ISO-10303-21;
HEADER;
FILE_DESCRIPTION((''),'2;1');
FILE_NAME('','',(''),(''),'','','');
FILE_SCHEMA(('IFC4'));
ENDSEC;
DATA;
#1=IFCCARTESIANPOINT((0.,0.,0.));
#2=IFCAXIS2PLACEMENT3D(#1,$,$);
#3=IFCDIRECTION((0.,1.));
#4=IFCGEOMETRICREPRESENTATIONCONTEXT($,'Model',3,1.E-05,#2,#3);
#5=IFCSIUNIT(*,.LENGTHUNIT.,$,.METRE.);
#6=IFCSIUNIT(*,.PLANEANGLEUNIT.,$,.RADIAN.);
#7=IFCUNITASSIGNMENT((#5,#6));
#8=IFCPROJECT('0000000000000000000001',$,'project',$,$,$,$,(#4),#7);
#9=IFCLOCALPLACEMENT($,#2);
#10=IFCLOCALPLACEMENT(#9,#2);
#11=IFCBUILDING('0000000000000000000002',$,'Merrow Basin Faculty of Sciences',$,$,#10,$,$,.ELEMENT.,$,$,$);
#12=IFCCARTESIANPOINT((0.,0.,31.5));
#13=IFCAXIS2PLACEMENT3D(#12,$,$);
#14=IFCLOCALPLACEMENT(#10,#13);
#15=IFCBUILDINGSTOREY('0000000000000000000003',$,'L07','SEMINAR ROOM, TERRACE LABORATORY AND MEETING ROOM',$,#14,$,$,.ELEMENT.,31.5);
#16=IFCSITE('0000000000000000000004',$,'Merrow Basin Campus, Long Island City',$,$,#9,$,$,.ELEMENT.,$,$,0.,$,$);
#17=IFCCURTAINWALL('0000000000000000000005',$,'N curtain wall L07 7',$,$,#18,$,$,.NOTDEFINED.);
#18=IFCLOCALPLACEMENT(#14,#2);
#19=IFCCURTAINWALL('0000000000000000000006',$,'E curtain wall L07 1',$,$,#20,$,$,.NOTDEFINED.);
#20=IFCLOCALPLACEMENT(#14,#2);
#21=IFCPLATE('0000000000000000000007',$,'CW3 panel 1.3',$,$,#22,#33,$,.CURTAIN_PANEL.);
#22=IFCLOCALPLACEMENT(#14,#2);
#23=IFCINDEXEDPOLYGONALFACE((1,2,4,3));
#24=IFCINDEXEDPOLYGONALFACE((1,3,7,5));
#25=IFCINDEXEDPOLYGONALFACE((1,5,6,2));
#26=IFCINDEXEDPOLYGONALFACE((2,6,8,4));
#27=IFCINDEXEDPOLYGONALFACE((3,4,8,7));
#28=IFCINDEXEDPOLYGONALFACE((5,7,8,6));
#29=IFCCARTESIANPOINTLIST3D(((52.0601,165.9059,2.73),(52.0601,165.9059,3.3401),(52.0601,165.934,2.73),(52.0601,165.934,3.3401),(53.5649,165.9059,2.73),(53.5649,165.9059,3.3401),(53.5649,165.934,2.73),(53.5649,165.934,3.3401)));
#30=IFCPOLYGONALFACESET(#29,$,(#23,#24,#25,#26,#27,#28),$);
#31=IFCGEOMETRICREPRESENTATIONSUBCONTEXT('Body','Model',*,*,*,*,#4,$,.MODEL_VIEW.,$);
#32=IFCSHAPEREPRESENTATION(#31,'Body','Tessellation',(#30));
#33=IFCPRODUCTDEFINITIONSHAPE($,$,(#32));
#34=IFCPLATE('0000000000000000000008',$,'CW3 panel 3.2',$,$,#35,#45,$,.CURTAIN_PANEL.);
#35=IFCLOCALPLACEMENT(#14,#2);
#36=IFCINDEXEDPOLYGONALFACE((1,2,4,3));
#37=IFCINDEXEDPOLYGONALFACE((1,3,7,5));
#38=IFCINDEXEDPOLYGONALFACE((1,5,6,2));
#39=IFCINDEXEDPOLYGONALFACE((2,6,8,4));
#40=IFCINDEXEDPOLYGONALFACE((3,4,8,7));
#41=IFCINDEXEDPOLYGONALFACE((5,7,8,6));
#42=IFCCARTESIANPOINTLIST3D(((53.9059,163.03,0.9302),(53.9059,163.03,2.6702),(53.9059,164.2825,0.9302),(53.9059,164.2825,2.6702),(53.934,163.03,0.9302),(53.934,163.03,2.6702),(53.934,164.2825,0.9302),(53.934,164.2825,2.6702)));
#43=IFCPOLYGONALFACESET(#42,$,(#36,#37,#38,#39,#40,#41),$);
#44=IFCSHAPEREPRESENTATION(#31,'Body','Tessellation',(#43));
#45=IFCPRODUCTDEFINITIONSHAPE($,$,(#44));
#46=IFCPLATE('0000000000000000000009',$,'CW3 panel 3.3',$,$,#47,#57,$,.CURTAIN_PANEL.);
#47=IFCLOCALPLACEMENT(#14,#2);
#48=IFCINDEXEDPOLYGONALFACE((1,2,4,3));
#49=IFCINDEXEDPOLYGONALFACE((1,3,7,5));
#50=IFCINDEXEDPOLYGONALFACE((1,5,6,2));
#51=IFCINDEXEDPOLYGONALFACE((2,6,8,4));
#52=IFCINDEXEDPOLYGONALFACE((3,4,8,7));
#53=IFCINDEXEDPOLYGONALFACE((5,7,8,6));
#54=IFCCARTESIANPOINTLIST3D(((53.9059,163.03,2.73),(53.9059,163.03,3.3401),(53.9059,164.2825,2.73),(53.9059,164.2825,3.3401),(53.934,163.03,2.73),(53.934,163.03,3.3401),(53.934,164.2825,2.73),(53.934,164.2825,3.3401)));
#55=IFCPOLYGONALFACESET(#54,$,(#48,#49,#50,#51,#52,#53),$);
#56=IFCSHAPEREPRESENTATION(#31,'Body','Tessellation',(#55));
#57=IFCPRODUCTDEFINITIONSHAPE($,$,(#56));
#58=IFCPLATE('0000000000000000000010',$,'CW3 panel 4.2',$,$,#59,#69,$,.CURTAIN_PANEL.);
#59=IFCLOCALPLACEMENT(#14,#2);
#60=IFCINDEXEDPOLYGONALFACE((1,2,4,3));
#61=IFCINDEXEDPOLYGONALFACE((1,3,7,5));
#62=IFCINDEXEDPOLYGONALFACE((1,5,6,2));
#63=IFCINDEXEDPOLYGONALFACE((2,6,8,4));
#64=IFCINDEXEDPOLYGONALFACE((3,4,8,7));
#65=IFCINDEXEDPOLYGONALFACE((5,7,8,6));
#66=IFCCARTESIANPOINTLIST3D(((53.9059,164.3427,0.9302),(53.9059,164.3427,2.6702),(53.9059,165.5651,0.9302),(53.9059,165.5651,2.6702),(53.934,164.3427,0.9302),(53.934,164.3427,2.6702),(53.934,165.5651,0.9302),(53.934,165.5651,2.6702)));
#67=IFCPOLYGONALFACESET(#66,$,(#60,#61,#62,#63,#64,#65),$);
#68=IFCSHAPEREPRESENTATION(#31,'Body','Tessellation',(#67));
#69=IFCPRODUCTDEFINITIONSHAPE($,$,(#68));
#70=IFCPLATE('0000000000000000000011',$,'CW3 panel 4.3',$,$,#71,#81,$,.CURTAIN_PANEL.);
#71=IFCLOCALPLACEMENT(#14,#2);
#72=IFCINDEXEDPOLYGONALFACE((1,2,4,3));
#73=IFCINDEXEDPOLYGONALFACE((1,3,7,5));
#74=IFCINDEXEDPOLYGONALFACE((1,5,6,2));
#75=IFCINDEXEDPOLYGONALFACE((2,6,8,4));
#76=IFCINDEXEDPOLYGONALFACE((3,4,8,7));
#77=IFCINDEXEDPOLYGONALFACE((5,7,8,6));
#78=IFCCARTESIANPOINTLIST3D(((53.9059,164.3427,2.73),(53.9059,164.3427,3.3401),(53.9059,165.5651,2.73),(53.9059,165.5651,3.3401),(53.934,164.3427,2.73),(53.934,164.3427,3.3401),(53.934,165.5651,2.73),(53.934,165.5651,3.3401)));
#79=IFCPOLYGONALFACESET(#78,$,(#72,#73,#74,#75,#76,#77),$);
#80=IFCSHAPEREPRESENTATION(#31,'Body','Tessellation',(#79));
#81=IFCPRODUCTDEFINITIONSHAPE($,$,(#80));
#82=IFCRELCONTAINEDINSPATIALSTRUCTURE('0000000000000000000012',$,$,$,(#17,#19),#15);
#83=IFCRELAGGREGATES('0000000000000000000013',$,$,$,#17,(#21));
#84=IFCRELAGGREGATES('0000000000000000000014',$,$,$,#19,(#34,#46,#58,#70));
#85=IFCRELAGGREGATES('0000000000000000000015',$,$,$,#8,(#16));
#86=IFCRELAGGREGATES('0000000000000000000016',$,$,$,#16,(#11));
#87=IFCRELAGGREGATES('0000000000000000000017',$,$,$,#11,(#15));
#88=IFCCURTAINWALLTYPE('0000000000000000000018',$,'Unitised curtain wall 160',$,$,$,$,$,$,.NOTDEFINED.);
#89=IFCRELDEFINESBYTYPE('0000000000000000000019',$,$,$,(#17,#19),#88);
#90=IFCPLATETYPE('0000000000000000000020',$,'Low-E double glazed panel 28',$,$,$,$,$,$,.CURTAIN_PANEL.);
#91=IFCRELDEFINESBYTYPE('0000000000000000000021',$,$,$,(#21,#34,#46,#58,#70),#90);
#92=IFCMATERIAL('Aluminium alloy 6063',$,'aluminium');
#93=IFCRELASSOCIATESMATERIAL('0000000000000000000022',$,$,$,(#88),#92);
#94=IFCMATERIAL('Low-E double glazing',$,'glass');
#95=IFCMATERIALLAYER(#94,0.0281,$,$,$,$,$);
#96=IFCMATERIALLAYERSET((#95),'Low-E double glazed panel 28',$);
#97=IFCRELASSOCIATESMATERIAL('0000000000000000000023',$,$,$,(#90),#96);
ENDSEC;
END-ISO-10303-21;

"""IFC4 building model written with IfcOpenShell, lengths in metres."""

from ifc_helpers import new_model, si_unit, direction, frame, origin, origin_2d, place, context, subcontext, project, spatial, rectangle, extrude, material, layer, layer_set, type_object, element, aggregate, save


model = new_model("IFC4")

# Units and contexts
model_context = context("Model", 3, precision=1e-05, world=origin(), true_north=direction((0.0, 1.0)))
body_context = subcontext(model_context, "Body", "Model", "MODEL_VIEW")
ifc_project = project(units=[si_unit("LENGTHUNIT", "METRE"), si_unit("PLANEANGLEUNIT", "RADIAN")], contexts=[model_context])

# Site, building, storey
site_placement = place(None, origin())
site = spatial("IfcSite", under=ifc_project, at=site_placement, Name="Merrow Basin Campus, Long Island City", CompositionType="ELEMENT", RefElevation=0.0)
building_placement = place(site_placement, origin())
building = spatial("IfcBuilding", under=site, at=building_placement, Name="Merrow Basin Faculty of Sciences", CompositionType="ELEMENT")
storey_placement = place(building_placement, frame((0.0, 0.0, 31.5)))
storey = spatial("IfcBuildingStorey", under=building, at=storey_placement, Name="L07", Description="SEMINAR ROOM, TERRACE LABORATORY AND MEETING ROOM", CompositionType="ELEMENT", Elevation=31.5)

# Curtain wall
ifc_material_1 = material(Name="Aluminium alloy 6063", Category="aluminium")
curtain_wall_type = type_object("IfcCurtainWallType", Name="Unitised curtain wall 160", PredefinedType="NOTDEFINED", material=ifc_material_1)
curtain_wall_1_placement = place(storey_placement, origin())
curtain_wall_1 = element("IfcCurtainWall", 1, at=curtain_wall_1_placement, inside=storey, type_object=curtain_wall_type, Name="N curtain wall L07 7", PredefinedType="NOTDEFINED")

# Curtain wall
curtain_wall_2_placement = place(storey_placement, origin())
curtain_wall_2 = element("IfcCurtainWall", 2, at=curtain_wall_2_placement, inside=storey, type_object=curtain_wall_type, Name="E curtain wall L07 1", PredefinedType="NOTDEFINED")

# Plates
ifc_material_2 = material(Name="Low-E double glazing", Category="glass")
ifc_layer_1 = layer(ifc_material_2, 0.0281)
ifc_layer_set_1 = layer_set([ifc_layer_1], Name="Low-E double glazed panel 28")
plate_type_1 = type_object("IfcPlateType", Name="Low-E double glazed panel 28", PredefinedType="CURTAIN_PANEL", material=ifc_layer_set_1)
plate_1_placement = place(storey_placement, frame((52.8125, 165.9199, 2.73), z_axis=(0.0, 0.0, 1.0), x_axis=(1.0, 0.0, 0.0)))
plate_1 = element("IfcPlate", 3, at=plate_1_placement, type_object=plate_type_1, Name="CW3 panel 1.3", PredefinedType="CURTAIN_PANEL", context=body_context, shape_type="SweptSolid", body=[
    extrude(rectangle(XDim=1.5049, YDim=0.0281, at=origin_2d()), origin(), (0.0, 0.0, 1.0), 0.6101),
])
aggregate(curtain_wall_1, [plate_1])
plate_2_placement = place(storey_placement, frame((53.9199, 163.6562, 0.9302), z_axis=(0.0, 0.0, 1.0), x_axis=(0.0, 1.0, 0.0)))
plate_2 = element("IfcPlate", 4, at=plate_2_placement, type_object=plate_type_1, Name="CW3 panel 3.2", PredefinedType="CURTAIN_PANEL", context=body_context, shape_type="SweptSolid", body=[
    extrude(rectangle(XDim=1.2524, YDim=0.0281, at=origin_2d()), origin(), (0.0, 0.0, 1.0), 1.74),
])
plate_3_placement = place(storey_placement, frame((53.9199, 163.6562, 2.73), z_axis=(0.0, 0.0, 1.0), x_axis=(0.0, 1.0, 0.0)))
plate_3 = element("IfcPlate", 5, at=plate_3_placement, type_object=plate_type_1, Name="CW3 panel 3.3", PredefinedType="CURTAIN_PANEL", context=body_context, shape_type="SweptSolid", body=[
    extrude(rectangle(XDim=1.2524, YDim=0.0281, at=origin_2d()), origin(), (0.0, 0.0, 1.0), 0.6101),
])
plate_4_placement = place(storey_placement, frame((53.9199, 164.9539, 0.9302), z_axis=(0.0, 0.0, 1.0), x_axis=(0.0, 1.0, 0.0)))
plate_4 = element("IfcPlate", 6, at=plate_4_placement, type_object=plate_type_1, Name="CW3 panel 4.2", PredefinedType="CURTAIN_PANEL", context=body_context, shape_type="SweptSolid", body=[
    extrude(rectangle(XDim=1.2224, YDim=0.0281, at=origin_2d()), origin(), (0.0, 0.0, 1.0), 1.74),
])
plate_5_placement = place(storey_placement, frame((53.9199, 164.9539, 2.73), z_axis=(0.0, 0.0, 1.0), x_axis=(0.0, 1.0, 0.0)))
plate_5 = element("IfcPlate", 7, at=plate_5_placement, type_object=plate_type_1, Name="CW3 panel 4.3", PredefinedType="CURTAIN_PANEL", context=body_context, shape_type="SweptSolid", body=[
    extrude(rectangle(XDim=1.2224, YDim=0.0281, at=origin_2d()), origin(), (0.0, 0.0, 1.0), 0.6101),
])
aggregate(curtain_wall_2, [plate_2, plate_3, plate_4, plate_5])

save(model, "model.ifc")
